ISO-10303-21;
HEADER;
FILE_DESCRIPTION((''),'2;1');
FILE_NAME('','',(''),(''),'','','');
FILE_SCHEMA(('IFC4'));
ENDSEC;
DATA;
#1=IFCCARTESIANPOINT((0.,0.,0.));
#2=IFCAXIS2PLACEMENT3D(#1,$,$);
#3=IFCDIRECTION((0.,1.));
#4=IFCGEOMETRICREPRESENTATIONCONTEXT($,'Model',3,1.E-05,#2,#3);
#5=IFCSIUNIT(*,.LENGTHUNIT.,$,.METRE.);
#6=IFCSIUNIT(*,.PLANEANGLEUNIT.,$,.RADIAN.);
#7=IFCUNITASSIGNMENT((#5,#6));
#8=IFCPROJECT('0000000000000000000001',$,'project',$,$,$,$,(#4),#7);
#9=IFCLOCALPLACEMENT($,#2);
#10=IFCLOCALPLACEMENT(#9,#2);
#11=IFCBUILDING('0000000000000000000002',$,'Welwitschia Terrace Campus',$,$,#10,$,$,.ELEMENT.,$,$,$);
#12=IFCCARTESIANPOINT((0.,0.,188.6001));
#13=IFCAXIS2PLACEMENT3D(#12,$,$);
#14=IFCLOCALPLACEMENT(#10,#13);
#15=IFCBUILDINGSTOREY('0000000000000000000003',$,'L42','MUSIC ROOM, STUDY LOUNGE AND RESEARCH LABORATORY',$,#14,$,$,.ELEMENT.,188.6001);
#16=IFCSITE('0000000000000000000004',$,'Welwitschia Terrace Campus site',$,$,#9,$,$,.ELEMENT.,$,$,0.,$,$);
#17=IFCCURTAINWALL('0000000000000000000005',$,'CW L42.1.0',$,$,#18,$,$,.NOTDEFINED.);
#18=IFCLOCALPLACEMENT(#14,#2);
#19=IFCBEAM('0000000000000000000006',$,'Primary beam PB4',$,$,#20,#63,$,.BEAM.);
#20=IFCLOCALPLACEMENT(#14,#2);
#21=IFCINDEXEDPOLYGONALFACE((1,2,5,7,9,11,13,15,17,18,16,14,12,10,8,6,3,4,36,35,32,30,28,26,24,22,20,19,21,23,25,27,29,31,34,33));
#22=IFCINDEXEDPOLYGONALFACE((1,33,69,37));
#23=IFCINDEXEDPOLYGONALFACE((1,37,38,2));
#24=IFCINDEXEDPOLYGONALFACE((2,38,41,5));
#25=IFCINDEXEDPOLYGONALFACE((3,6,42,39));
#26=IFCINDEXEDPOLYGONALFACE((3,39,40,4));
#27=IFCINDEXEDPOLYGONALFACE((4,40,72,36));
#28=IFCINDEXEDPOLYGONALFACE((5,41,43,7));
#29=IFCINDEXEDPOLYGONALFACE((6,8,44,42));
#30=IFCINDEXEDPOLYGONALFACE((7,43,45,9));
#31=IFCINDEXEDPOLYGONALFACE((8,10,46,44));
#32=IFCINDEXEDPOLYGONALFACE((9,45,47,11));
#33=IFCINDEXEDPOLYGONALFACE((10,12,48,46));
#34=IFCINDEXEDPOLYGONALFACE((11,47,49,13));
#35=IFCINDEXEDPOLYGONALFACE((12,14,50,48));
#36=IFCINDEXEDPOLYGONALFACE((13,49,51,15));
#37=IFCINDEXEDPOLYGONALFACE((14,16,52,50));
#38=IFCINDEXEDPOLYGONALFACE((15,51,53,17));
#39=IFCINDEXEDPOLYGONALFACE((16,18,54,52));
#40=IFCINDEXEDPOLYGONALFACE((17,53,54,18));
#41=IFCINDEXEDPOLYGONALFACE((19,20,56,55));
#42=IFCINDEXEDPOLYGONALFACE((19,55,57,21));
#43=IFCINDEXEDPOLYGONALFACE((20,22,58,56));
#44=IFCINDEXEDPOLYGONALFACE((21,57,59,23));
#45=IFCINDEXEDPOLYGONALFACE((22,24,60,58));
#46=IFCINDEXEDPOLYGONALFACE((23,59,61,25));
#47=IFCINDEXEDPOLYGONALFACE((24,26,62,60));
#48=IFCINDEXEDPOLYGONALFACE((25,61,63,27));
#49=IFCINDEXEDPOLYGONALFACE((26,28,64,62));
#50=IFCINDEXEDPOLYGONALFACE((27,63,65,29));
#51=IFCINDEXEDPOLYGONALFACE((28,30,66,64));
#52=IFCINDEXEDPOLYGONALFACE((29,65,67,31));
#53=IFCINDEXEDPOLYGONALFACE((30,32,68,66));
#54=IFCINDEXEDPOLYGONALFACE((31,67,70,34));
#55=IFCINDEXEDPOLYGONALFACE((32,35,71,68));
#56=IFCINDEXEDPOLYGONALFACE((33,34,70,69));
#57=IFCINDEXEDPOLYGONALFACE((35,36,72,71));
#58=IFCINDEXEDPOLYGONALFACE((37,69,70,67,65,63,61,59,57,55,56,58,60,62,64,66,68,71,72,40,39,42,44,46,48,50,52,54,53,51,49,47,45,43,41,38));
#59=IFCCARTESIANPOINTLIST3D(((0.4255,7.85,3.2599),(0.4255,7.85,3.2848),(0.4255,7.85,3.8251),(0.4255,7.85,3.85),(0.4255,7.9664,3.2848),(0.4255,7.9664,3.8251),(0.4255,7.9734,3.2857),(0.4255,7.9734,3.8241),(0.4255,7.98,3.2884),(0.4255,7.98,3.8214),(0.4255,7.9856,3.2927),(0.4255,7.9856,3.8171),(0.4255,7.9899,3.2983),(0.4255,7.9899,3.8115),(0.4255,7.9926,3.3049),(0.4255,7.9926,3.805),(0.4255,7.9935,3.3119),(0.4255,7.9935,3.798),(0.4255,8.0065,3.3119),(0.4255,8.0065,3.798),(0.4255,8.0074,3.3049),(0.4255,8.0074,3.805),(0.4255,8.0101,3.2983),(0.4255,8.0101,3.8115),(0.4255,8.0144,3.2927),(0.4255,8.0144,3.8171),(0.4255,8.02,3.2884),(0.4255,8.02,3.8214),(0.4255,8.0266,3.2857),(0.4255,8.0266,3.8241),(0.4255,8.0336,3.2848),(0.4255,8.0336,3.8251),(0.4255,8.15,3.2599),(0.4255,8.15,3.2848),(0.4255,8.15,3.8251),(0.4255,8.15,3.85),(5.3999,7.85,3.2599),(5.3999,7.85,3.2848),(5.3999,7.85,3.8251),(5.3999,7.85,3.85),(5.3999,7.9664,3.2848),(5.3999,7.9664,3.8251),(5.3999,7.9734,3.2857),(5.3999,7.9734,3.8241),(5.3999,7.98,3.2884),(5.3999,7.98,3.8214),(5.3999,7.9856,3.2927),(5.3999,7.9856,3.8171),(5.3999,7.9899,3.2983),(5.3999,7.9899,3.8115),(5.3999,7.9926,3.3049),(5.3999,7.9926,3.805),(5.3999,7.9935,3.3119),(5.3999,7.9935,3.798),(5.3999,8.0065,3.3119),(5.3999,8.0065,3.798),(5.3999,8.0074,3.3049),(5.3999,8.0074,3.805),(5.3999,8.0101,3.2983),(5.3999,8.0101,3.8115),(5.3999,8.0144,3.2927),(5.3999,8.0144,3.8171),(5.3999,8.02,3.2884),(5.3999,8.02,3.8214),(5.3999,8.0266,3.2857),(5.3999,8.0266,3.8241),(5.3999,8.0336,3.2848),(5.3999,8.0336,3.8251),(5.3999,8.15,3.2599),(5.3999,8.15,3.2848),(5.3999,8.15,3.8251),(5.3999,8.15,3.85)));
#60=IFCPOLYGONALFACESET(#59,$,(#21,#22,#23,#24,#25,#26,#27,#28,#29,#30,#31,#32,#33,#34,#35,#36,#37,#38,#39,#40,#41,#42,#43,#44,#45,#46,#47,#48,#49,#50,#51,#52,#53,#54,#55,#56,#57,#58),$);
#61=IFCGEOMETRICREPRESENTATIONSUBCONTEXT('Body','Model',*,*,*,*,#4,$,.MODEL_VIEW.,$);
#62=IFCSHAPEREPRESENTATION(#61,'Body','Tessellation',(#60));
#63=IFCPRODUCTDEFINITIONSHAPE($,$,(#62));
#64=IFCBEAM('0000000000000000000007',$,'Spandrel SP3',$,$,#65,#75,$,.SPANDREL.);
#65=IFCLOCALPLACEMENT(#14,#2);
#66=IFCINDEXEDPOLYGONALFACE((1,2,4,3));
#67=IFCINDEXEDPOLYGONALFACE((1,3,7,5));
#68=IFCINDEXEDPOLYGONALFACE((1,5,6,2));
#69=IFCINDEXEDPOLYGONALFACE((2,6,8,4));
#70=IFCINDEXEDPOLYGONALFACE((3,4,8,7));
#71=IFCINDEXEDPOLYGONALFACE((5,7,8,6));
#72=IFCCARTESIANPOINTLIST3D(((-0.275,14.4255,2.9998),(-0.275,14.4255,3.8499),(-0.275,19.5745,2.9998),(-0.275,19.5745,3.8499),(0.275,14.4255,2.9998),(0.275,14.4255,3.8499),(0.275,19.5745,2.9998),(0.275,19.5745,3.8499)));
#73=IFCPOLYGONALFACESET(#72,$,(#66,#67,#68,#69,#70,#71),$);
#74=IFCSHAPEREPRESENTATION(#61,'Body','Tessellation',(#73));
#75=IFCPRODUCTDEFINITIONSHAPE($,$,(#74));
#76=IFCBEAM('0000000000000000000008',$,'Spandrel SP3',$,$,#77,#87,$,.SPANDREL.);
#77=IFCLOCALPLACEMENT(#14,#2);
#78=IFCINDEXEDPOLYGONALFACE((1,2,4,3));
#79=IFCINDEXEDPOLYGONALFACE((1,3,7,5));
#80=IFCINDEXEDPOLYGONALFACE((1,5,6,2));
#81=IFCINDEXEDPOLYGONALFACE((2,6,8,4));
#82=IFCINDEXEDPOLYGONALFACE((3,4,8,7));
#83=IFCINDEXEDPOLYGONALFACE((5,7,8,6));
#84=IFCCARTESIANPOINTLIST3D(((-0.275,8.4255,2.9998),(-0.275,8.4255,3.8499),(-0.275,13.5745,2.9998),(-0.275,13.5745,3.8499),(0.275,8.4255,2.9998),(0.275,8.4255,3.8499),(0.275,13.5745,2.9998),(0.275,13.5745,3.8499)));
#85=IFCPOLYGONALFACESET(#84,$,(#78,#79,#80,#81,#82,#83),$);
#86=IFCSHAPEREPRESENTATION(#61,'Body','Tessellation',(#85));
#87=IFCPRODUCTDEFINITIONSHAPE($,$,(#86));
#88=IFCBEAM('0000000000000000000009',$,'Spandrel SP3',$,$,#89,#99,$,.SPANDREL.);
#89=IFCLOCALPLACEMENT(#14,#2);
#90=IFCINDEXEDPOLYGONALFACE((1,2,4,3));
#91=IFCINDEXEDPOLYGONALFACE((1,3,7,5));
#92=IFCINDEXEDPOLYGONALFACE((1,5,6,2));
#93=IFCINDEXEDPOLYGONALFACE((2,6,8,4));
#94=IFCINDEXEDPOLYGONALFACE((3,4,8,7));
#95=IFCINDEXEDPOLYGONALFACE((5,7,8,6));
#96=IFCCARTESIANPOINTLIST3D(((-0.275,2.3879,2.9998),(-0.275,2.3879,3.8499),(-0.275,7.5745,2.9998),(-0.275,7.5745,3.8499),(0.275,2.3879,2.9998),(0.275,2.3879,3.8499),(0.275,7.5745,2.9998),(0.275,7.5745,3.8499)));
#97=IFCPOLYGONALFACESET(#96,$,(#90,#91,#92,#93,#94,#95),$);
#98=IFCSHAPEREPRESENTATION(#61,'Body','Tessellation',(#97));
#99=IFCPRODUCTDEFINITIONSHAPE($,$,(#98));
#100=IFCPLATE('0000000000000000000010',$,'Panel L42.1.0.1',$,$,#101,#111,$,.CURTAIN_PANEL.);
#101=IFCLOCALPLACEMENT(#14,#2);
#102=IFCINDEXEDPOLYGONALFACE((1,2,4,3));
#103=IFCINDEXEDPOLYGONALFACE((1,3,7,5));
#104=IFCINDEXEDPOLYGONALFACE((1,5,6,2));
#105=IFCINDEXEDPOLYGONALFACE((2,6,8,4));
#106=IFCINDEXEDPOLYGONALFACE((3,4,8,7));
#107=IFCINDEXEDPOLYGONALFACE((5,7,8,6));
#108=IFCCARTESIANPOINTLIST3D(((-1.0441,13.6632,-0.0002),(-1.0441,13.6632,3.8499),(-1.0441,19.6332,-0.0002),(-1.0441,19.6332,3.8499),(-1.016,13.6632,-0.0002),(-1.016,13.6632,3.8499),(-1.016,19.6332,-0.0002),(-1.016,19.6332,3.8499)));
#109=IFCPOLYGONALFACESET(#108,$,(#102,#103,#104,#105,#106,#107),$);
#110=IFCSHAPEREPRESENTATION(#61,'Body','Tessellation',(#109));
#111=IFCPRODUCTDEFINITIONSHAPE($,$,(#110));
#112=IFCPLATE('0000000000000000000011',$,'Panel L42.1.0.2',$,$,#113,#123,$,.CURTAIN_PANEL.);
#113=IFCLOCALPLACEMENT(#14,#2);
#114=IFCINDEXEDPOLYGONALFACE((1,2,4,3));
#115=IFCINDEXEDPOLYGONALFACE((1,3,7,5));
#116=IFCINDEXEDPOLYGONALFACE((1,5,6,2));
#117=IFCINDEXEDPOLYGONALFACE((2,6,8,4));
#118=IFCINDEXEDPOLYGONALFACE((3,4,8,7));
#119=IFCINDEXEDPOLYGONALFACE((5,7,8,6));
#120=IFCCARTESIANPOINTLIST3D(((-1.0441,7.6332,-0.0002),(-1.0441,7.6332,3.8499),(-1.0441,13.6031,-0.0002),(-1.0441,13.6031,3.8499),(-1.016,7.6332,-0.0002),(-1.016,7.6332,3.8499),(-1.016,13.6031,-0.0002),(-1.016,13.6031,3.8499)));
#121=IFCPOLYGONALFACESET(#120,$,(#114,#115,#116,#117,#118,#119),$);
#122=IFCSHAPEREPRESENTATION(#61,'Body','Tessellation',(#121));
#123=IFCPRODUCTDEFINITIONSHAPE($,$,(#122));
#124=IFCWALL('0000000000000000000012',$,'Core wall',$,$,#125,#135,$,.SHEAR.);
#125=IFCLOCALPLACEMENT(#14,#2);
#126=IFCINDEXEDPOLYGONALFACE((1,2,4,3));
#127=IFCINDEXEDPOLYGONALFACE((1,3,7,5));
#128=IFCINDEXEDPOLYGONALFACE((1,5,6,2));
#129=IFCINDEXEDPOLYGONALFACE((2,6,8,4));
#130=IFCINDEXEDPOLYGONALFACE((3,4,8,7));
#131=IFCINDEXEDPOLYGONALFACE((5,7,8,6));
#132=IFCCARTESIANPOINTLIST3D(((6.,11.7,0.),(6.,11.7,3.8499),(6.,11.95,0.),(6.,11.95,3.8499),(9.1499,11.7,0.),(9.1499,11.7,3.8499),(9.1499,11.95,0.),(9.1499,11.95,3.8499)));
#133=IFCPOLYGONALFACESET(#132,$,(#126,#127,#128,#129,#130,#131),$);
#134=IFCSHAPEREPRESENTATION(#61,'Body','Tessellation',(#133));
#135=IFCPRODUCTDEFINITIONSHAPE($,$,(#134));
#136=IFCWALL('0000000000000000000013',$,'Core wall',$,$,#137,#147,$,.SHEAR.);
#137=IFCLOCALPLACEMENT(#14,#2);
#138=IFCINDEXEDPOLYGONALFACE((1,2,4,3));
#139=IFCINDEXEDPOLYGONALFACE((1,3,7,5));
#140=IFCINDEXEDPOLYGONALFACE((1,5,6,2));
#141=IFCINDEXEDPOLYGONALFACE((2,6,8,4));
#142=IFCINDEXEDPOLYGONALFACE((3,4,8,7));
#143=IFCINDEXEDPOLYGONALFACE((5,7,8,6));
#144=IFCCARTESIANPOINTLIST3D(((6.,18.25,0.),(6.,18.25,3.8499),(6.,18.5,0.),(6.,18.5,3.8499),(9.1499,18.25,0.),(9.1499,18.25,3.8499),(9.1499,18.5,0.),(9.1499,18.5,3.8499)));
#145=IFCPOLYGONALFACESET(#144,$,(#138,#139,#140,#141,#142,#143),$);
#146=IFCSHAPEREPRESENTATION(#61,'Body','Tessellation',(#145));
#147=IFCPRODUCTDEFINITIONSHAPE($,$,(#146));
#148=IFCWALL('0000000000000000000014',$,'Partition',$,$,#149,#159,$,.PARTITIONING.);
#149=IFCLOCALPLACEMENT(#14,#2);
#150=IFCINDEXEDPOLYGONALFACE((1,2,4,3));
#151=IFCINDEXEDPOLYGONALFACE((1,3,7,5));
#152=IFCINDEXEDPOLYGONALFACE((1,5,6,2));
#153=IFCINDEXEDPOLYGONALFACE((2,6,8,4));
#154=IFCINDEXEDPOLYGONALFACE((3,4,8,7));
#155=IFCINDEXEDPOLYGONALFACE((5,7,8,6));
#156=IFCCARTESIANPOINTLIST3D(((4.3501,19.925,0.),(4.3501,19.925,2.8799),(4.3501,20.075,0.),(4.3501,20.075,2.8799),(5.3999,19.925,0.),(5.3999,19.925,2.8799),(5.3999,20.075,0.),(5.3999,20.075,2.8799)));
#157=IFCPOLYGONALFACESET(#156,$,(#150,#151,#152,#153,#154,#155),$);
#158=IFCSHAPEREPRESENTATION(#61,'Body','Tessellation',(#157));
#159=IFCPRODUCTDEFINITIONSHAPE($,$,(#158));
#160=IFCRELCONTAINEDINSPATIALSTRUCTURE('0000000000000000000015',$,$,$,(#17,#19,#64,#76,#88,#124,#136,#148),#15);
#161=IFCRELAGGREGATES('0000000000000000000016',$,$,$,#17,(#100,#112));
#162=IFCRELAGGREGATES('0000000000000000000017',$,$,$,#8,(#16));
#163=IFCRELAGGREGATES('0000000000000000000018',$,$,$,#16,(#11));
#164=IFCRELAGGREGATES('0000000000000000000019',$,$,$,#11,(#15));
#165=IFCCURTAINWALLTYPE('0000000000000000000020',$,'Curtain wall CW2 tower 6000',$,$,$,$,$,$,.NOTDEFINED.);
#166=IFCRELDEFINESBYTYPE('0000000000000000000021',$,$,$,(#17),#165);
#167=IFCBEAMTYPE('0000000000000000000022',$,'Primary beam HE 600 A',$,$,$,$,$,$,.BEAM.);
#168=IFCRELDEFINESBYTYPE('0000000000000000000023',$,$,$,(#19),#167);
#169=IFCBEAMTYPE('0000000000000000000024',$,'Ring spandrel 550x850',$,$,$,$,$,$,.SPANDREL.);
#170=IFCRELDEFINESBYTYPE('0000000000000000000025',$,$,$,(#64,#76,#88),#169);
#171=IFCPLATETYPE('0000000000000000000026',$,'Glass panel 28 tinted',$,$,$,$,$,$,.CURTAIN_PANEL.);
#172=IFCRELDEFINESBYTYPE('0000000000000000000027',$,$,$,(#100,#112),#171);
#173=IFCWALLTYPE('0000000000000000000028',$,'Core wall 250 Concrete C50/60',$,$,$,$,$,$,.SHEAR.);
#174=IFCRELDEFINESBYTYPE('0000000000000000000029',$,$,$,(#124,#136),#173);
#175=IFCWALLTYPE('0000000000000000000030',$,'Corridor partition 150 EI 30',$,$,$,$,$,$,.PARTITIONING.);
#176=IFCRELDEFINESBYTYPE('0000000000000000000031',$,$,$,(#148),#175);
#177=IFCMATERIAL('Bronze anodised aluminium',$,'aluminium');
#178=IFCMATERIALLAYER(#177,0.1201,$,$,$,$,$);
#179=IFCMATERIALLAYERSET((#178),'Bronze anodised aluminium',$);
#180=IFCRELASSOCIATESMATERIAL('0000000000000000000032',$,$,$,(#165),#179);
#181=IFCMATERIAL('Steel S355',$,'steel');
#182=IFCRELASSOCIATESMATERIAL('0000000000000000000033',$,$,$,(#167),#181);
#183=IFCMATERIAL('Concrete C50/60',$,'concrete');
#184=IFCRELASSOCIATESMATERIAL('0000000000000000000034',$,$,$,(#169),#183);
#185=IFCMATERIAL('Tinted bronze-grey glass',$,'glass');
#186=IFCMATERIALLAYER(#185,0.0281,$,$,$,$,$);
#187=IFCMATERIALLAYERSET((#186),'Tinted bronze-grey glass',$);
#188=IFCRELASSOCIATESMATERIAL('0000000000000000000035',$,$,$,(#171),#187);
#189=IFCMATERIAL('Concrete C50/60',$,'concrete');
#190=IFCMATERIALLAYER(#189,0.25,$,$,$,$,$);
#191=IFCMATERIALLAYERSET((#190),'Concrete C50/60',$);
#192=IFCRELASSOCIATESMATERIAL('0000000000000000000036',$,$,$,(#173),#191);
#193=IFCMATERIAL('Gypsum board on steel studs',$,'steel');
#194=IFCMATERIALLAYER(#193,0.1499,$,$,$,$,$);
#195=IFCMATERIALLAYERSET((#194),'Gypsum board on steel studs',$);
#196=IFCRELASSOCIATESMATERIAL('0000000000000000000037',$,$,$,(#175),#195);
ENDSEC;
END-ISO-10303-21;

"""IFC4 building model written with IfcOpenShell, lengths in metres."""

from ifc_helpers import new_model, si_unit, direction, frame, frame_2d, origin, origin_2d, place, context, subcontext, project, spatial, rectangle, i_section, extrude, material, layer, layer_set, material_profile, profile_set, type_object, element, aggregate, save


model = new_model("IFC4")

# Units and contexts
model_context = context("Model", 3, precision=1e-05, world=origin(), true_north=direction((0.0, 1.0)))
body_context = subcontext(model_context, "Body", "Model", "MODEL_VIEW")
ifc_project = project(units=[si_unit("LENGTHUNIT", "METRE"), si_unit("PLANEANGLEUNIT", "RADIAN")], contexts=[model_context])

# Site, building, storey
site_placement = place(None, origin())
site = spatial("IfcSite", under=ifc_project, at=site_placement, Name="Welwitschia Terrace Campus site", CompositionType="ELEMENT", RefElevation=0.0)
building_placement = place(site_placement, origin())
building = spatial("IfcBuilding", under=site, at=building_placement, Name="Welwitschia Terrace Campus", CompositionType="ELEMENT")
storey_placement = place(building_placement, frame((0.0, 0.0, 188.6001)))
storey = spatial("IfcBuildingStorey", under=building, at=storey_placement, Name="L42", Description="MUSIC ROOM, STUDY LOUNGE AND RESEARCH LABORATORY", CompositionType="ELEMENT", Elevation=188.6001)

# Curtain wall
ifc_material_1 = material(Name="Bronze anodised aluminium", Category="aluminium")
ifc_layer_1 = layer(ifc_material_1, 0.1201)
ifc_layer_set_1 = layer_set([ifc_layer_1], Name="Bronze anodised aluminium")
curtain_wall_type = type_object("IfcCurtainWallType", Name="Curtain wall CW2 tower 6000", PredefinedType="NOTDEFINED", material=ifc_layer_set_1)
curtain_wall_placement = place(storey_placement, origin())
curtain_wall = element("IfcCurtainWall", 1, at=curtain_wall_placement, inside=storey, type_object=curtain_wall_type, Name="CW L42.1.0", PredefinedType="NOTDEFINED")

# Beams
ifc_material_2 = material(Name="Steel S355", Category="steel")
ifc_material_profile_1 = material_profile(ifc_material_2, i_section(OverallWidth=0.3, OverallDepth=0.5901, WebThickness=0.0129, FlangeThickness=0.0249, FilletRadius=0.0271, at=origin_2d()))
ifc_profile_set_1 = profile_set([ifc_material_profile_1], Name="Steel S355")
beam_type_1 = type_object("IfcBeamType", Name="Primary beam HE 600 A", PredefinedType="BEAM", material=ifc_profile_set_1)
for number, where, z_axis, x_axis, name in (
    (2, (0.4255, 8.0, 3.5549), (1.0, 0.0, 0.0), (0.0, 1.0, 0.0), "Primary beam PB4"),
):
    element("IfcBeam", number, at=place(storey_placement, frame(where, z_axis=z_axis, x_axis=x_axis)), inside=storey, type_object=beam_type_1, Name=name, PredefinedType="BEAM", context=body_context, shape_type="SweptSolid", body=[
        extrude(i_section(OverallWidth=0.3, OverallDepth=0.5901, WebThickness=0.0129, FlangeThickness=0.0249, FilletRadius=0.0271, at=origin_2d()), origin(), (0.0, 0.0, 1.0), 4.9744),
    ])
ifc_material_3 = material(Name="Concrete C50/60", Category="concrete")
ifc_material_profile_2 = material_profile(ifc_material_3, rectangle(XDim=0.55, YDim=0.8501, at=origin_2d()))
ifc_profile_set_2 = profile_set([ifc_material_profile_2], Name="Concrete C50/60")
beam_type_2 = type_object("IfcBeamType", Name="Ring spandrel 550x850", PredefinedType="SPANDREL", material=ifc_profile_set_2)
for number, where, z_axis, x_axis, name in (
    (3, (0.0, 19.5745, 3.4248), (0.0, -1.0, 0.0), (1.0, 0.0, 0.0), "Spandrel SP3"),
    (4, (0.0, 13.5745, 3.4248), (0.0, -1.0, 0.0), (1.0, 0.0, 0.0), "Spandrel SP3"),
):
    element("IfcBeam", number, at=place(storey_placement, frame(where, z_axis=z_axis, x_axis=x_axis)), inside=storey, type_object=beam_type_2, Name=name, PredefinedType="SPANDREL", context=body_context, shape_type="SweptSolid", body=[
        extrude(rectangle(XDim=0.55, YDim=0.8501, at=origin_2d()), origin(), (0.0, 0.0, 1.0), 5.1489),
    ])
beam_1_placement = place(storey_placement, frame((0.0, 7.5745, 3.4248), z_axis=(0.0, -1.0, 0.0), x_axis=(1.0, 0.0, 0.0)))
element("IfcBeam", 5, at=beam_1_placement, inside=storey, type_object=beam_type_2, Name="Spandrel SP3", PredefinedType="SPANDREL", context=body_context, shape_type="SweptSolid", body=[
    extrude(rectangle(XDim=0.55, YDim=0.8501, at=origin_2d()), origin(), (0.0, 0.0, 1.0), 5.1865),
])

# Plates
ifc_material_4 = material(Name="Tinted bronze-grey glass", Category="glass")
ifc_layer_2 = layer(ifc_material_4, 0.0281)
ifc_layer_set_2 = layer_set([ifc_layer_2], Name="Tinted bronze-grey glass")
plate_type = type_object("IfcPlateType", Name="Glass panel 28 tinted", PredefinedType="CURTAIN_PANEL", material=ifc_layer_set_2)
plate_1_placement = place(storey_placement, frame((-1.03, 16.6482, -0.0002), z_axis=(0.0, 0.0, 1.0), x_axis=(0.0, -1.0, 0.0)))
plate_1 = element("IfcPlate", 6, at=plate_1_placement, type_object=plate_type, Name="Panel L42.1.0.1", PredefinedType="CURTAIN_PANEL", context=body_context, shape_type="SweptSolid", body=[
    extrude(rectangle(XDim=5.97, YDim=0.0281, at=origin_2d()), origin(), (0.0, 0.0, 1.0), 3.8501),
])
plate_2_placement = place(storey_placement, frame((-1.03, 10.6182, -0.0002), z_axis=(0.0, 0.0, 1.0), x_axis=(0.0, -1.0, 0.0)))
plate_2 = element("IfcPlate", 7, at=plate_2_placement, type_object=plate_type, Name="Panel L42.1.0.2", PredefinedType="CURTAIN_PANEL", context=body_context, shape_type="SweptSolid", body=[
    extrude(rectangle(XDim=5.97, YDim=0.0281, at=origin_2d()), origin(), (0.0, 0.0, 1.0), 3.8501),
])
aggregate(curtain_wall, [plate_1, plate_2])

# Walls
ifc_material_5 = material(Name="Concrete C50/60", Category="concrete")
ifc_layer_3 = layer(ifc_material_5, 0.25)
ifc_layer_set_3 = layer_set([ifc_layer_3], Name="Concrete C50/60")
wall_type_1 = type_object("IfcWallType", Name="Core wall 250 Concrete C50/60", PredefinedType="SHEAR", material=ifc_layer_set_3)
for number, where, z_axis, x_axis, name in (
    (8, (6.0, 11.825, 0.0), (0.0, 0.0, 1.0), (1.0, 0.0, 0.0), "Core wall"),
    (9, (6.0, 18.375, 0.0), (0.0, 0.0, 1.0), (1.0, 0.0, 0.0), "Core wall"),
):
    element("IfcWall", number, at=place(storey_placement, frame(where, z_axis=z_axis, x_axis=x_axis)), inside=storey, type_object=wall_type_1, Name=name, PredefinedType="SHEAR", context=body_context, shape_type="SweptSolid", body=[
        extrude(rectangle(XDim=3.1499, YDim=0.25, at=frame_2d((1.575, 0.0))), origin(), (0.0, 0.0, 1.0), 3.8499),
    ])
ifc_material_6 = material(Name="Gypsum board on steel studs", Category="steel")
ifc_layer_4 = layer(ifc_material_6, 0.1499)
ifc_layer_set_4 = layer_set([ifc_layer_4], Name="Gypsum board on steel studs")
wall_type_2 = type_object("IfcWallType", Name="Corridor partition 150 EI 30", PredefinedType="PARTITIONING", material=ifc_layer_set_4)
wall_placement = place(storey_placement, frame((4.3501, 20.0, 0.0), z_axis=(0.0, 0.0, 1.0), x_axis=(1.0, 0.0, 0.0)))
element("IfcWall", 10, at=wall_placement, inside=storey, type_object=wall_type_2, Name="Partition", PredefinedType="PARTITIONING", context=body_context, shape_type="SweptSolid", body=[
    extrude(rectangle(XDim=1.0498, YDim=0.1499, at=frame_2d((0.5249, 0.0))), origin(), (0.0, 0.0, 1.0), 2.8799),
])

save(model, "model.ifc")
